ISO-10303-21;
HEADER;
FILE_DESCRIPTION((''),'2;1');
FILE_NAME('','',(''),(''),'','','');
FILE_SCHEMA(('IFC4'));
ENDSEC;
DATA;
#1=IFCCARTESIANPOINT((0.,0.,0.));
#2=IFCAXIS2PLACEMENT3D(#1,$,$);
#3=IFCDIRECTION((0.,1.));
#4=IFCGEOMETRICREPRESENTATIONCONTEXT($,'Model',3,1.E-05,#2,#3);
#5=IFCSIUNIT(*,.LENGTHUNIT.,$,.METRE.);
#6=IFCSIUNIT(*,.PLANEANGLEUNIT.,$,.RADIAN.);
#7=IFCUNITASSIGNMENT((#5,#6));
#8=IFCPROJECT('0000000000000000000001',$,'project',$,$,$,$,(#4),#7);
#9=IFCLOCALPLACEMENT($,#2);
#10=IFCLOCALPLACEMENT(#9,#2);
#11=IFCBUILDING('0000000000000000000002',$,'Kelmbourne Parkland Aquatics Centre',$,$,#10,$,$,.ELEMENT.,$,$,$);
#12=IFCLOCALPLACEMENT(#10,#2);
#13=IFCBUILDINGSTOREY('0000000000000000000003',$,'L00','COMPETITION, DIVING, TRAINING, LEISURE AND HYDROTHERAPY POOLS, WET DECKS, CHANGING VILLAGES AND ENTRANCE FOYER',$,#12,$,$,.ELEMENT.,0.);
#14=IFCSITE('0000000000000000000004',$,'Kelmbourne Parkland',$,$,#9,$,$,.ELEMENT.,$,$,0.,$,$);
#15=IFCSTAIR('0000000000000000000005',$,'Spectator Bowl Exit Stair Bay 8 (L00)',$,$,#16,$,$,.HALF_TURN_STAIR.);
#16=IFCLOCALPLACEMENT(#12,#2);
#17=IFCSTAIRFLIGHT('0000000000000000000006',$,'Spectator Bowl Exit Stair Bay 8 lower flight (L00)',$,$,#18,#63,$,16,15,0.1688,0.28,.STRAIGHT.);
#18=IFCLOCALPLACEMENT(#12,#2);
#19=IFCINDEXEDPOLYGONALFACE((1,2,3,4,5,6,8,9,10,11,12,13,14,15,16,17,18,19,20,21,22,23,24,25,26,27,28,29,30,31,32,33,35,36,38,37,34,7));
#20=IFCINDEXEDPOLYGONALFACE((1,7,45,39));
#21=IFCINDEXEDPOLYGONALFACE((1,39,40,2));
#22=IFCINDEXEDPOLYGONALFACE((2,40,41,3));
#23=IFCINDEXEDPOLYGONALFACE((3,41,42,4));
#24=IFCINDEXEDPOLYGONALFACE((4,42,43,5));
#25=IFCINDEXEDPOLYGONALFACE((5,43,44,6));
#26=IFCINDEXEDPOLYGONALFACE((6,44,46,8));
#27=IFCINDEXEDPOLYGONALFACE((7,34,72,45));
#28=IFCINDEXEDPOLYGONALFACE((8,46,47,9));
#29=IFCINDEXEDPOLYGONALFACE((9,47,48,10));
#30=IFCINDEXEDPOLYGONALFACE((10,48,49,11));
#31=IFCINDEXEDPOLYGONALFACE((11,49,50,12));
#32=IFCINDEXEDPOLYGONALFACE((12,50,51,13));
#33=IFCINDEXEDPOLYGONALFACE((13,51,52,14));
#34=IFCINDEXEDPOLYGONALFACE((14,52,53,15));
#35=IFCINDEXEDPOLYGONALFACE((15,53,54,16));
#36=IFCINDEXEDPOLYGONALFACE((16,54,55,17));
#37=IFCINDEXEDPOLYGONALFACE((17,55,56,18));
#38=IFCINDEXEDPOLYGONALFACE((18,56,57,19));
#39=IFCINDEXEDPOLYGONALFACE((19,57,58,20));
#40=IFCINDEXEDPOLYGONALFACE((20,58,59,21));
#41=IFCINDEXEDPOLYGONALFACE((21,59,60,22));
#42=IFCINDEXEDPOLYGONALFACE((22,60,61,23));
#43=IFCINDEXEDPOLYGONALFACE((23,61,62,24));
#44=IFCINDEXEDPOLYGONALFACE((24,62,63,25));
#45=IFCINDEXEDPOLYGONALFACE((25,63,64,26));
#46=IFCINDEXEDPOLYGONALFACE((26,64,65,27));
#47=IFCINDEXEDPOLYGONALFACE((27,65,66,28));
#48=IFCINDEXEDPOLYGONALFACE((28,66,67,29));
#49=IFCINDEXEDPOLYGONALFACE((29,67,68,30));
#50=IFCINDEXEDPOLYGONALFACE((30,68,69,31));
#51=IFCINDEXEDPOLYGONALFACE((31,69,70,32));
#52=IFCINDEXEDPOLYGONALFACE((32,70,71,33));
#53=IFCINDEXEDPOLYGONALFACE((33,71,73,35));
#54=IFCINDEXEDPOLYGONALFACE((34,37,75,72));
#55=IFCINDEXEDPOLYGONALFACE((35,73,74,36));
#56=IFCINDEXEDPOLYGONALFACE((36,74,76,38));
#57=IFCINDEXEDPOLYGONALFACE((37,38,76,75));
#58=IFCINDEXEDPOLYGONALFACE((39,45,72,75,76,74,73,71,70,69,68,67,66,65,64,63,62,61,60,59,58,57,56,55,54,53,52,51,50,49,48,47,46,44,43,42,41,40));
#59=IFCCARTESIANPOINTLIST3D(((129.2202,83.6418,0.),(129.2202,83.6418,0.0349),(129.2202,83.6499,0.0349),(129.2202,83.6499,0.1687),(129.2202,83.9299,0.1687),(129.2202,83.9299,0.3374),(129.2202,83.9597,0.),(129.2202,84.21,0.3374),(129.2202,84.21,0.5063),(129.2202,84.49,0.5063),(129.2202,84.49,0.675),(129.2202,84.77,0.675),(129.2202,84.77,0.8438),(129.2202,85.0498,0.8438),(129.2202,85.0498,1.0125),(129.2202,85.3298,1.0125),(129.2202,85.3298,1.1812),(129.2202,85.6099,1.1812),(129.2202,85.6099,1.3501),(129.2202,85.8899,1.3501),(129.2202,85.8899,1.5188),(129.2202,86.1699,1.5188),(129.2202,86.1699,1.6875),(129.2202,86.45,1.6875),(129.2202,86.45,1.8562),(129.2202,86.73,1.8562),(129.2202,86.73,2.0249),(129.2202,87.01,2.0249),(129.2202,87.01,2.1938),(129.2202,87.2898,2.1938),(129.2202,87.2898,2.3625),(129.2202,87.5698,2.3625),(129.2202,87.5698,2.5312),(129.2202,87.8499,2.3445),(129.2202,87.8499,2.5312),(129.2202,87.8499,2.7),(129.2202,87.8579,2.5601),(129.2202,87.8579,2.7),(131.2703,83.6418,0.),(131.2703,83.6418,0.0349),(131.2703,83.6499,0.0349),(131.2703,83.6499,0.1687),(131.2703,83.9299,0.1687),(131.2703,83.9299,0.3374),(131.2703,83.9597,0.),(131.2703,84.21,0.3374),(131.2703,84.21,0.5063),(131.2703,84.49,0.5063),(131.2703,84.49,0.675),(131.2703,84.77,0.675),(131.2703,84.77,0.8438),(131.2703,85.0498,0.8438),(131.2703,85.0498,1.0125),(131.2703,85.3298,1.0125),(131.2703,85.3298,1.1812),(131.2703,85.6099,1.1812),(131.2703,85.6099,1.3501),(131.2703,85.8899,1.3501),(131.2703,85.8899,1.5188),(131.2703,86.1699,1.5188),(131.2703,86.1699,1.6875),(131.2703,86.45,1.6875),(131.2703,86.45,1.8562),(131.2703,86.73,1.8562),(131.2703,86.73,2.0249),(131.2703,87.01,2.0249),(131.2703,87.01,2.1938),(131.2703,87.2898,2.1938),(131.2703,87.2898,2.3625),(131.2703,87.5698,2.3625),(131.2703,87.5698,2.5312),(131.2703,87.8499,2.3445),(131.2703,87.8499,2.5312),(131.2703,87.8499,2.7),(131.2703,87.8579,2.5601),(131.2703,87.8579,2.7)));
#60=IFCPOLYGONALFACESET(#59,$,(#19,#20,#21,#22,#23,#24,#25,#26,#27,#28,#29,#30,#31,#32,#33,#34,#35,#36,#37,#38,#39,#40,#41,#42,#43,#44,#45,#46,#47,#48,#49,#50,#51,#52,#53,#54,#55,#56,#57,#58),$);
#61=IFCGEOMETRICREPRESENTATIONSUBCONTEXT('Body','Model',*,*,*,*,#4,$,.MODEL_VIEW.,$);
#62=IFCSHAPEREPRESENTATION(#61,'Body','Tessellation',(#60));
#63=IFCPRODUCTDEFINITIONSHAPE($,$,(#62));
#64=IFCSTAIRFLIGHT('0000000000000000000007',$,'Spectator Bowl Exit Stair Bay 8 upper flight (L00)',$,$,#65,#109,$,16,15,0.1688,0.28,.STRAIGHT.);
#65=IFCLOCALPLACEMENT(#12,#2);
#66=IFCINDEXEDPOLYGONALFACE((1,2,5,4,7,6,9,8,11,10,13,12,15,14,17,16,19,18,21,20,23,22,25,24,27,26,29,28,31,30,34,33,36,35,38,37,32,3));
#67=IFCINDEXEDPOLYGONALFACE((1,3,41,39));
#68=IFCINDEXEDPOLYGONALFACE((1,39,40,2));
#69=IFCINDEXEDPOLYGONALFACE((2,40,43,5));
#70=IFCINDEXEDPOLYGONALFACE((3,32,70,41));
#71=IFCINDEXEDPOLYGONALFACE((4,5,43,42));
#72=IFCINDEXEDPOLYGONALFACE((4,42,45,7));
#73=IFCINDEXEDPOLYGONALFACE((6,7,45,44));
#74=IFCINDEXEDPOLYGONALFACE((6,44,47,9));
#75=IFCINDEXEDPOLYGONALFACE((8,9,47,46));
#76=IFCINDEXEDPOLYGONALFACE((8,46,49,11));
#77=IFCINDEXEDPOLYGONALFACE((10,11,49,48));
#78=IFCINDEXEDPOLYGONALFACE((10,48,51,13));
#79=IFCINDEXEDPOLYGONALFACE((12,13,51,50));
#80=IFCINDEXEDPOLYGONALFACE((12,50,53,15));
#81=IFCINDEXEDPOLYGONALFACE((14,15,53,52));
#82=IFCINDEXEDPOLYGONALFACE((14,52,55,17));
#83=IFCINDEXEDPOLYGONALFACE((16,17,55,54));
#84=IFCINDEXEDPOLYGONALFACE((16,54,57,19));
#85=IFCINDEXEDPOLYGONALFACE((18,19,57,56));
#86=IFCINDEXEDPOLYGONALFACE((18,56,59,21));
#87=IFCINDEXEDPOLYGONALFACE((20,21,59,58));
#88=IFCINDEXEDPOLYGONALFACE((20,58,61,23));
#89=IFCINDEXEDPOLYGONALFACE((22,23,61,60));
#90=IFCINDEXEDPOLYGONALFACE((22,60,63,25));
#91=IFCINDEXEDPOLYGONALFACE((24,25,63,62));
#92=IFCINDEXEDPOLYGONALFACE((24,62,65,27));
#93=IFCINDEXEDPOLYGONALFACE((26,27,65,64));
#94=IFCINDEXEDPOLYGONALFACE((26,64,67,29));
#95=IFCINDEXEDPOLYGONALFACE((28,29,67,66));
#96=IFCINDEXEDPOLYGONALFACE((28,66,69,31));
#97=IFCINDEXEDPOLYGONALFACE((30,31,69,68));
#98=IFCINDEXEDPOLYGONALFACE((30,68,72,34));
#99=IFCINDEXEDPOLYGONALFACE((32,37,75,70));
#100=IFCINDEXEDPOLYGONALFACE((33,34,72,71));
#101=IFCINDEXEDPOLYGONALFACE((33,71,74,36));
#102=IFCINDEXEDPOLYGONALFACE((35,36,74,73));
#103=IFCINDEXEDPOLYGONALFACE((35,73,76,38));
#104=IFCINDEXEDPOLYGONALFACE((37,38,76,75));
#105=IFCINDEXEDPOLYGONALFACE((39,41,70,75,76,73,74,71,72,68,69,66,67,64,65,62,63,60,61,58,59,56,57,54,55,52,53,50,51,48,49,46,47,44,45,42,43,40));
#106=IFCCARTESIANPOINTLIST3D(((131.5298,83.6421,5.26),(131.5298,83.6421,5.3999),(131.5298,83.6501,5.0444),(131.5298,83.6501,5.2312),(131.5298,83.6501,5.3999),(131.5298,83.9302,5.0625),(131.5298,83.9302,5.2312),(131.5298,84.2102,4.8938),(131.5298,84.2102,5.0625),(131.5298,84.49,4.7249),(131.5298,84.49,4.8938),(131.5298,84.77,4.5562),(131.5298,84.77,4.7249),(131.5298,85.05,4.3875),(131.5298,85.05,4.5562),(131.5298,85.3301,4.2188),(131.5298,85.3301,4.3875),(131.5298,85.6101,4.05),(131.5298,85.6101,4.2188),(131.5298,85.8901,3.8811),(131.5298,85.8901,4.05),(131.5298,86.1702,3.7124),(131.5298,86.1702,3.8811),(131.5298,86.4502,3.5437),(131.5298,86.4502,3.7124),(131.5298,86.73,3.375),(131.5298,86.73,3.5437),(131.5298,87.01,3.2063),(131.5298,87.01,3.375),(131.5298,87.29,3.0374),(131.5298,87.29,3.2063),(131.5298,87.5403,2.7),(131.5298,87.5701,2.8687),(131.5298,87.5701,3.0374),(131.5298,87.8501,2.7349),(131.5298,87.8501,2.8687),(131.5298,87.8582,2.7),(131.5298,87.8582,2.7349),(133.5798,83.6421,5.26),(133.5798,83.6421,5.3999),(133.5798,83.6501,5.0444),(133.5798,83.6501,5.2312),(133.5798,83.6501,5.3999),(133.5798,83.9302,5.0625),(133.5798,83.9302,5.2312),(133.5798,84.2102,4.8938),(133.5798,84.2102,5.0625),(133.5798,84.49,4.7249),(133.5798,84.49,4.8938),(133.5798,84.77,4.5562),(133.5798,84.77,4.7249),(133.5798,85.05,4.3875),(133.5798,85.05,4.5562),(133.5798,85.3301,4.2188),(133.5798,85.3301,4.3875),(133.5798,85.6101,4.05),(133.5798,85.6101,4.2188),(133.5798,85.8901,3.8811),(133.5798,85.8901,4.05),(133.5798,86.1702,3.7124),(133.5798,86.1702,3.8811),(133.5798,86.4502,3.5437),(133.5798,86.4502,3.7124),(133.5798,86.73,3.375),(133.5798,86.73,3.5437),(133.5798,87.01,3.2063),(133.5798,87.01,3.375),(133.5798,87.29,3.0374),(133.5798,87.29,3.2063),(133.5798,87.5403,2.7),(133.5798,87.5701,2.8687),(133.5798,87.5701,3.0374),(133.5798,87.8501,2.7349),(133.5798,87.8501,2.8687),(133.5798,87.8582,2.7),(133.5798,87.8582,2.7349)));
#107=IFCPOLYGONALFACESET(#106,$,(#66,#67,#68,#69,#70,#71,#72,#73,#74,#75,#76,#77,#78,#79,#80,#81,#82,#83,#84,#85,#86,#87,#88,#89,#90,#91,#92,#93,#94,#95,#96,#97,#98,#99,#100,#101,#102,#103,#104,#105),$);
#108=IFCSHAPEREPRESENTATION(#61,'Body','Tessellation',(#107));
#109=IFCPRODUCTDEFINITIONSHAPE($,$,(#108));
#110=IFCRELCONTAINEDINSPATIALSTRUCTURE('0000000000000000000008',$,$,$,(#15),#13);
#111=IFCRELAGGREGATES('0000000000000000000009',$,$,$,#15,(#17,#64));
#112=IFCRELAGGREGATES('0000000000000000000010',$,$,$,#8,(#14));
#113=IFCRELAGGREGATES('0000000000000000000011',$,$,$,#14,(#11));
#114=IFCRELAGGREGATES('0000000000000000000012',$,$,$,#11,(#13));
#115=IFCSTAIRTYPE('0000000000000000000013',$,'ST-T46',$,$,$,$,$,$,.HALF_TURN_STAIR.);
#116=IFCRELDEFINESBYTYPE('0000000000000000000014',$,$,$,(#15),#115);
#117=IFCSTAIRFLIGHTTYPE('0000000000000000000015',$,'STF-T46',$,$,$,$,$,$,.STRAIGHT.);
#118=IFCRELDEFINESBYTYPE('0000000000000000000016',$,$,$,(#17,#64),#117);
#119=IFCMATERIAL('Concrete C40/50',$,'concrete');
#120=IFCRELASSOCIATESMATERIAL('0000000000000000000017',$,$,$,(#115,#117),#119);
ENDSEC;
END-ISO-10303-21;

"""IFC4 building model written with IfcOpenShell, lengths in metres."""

from ifc_helpers import new_model, si_unit, direction, frame, origin, place, context, subcontext, project, spatial, polyline, outline, extrude, material, type_object, element, aggregate, save


model = new_model("IFC4")

# Units and contexts
model_context = context("Model", 3, precision=1e-05, world=origin(), true_north=direction((0.0, 1.0)))
body_context = subcontext(model_context, "Body", "Model", "MODEL_VIEW")
ifc_project = project(units=[si_unit("LENGTHUNIT", "METRE"), si_unit("PLANEANGLEUNIT", "RADIAN")], contexts=[model_context])

# Site, building, storey
site_placement = place(None, origin())
site = spatial("IfcSite", under=ifc_project, at=site_placement, Name="Kelmbourne Parkland", CompositionType="ELEMENT", RefElevation=0.0)
building_placement = place(site_placement, origin())
building = spatial("IfcBuilding", under=site, at=building_placement, Name="Kelmbourne Parkland Aquatics Centre", CompositionType="ELEMENT")
storey_placement = place(building_placement, origin())
storey = spatial("IfcBuildingStorey", under=building, at=storey_placement, Name="L00", Description="COMPETITION, DIVING, TRAINING, LEISURE AND HYDROTHERAPY POOLS, WET DECKS, CHANGING VILLAGES AND ENTRANCE FOYER", CompositionType="ELEMENT", Elevation=0.0)

# Shared definitions
ifc_material_1 = material(Name="Concrete C40/50", Category="concrete")

# Stair, stair flights
stair_type_1 = type_object("IfcStairType", Name="ST-T46", PredefinedType="HALF_TURN_STAIR", material=ifc_material_1)
stair_1_placement = place(storey_placement, origin())
stair_1 = element("IfcStair", 1, at=stair_1_placement, inside=storey, type_object=stair_type_1, Name="Spectator Bowl Exit Stair Bay 8 (L00)", PredefinedType="HALF_TURN_STAIR")
stair_flight_type_1 = type_object("IfcStairFlightType", Name="STF-T46", PredefinedType="STRAIGHT", material=ifc_material_1)
stair_flight_1_placement = place(storey_placement, frame((130.2451, 83.6499, 0.0), z_axis=(0.0, 0.0, 1.0), x_axis=(0.0, 1.0, 0.0)))
stair_flight_1 = element("IfcStairFlight", 2, at=stair_flight_1_placement, type_object=stair_flight_type_1, Name="Spectator Bowl Exit Stair Bay 8 lower flight (L00)", NumberOfRisers=16, NumberOfTreads=15, PredefinedType="STRAIGHT", RiserHeight=0.1688, TreadLength=0.28, context=body_context, shape_type="SweptSolid", body=[
    extrude(outline(polyline([(-0.0081, 0.0), (-0.0081, 0.0349), (0.0, 0.0349), (0.0, 0.1687), (0.28, 0.1687), (0.28, 0.3374), (0.5601, 0.3374), (0.5601, 0.5063), (0.8401, 0.5063), (0.8401, 0.675), (1.1201, 0.675), (1.1201, 0.8438), (1.3999, 0.8438), (1.3999, 1.0125), (1.6799, 1.0125), (1.6799, 1.1812), (1.96, 1.1812), (1.96, 1.3501), (2.24, 1.3501), (2.24, 1.5188), (2.52, 1.5188), (2.52, 1.6875), (2.8, 1.6875), (2.8, 1.8562), (3.0801, 1.8562), (3.0801, 2.0249), (3.3601, 2.0249), (3.3601, 2.1938), (3.6399, 2.1938), (3.6399, 2.3625), (3.9199, 2.3625), (3.9199, 2.5312), (4.2, 2.5312), (4.2, 2.7), (4.208, 2.7), (4.208, 2.5601), (4.2, 2.3445), (0.3098, 0.0), (-0.0081, 0.0)])), frame((0.0, 1.0249, 0.0), z_axis=(0.0, -1.0, 0.0), x_axis=(1.0, 0.0, 0.0)), (0.0, 0.0, 1.0), 2.05),
])
stair_flight_2_placement = place(storey_placement, frame((132.5549, 87.8501, 2.7), z_axis=(0.0, 0.0, 1.0), x_axis=(0.0, -1.0, 0.0)))
stair_flight_2 = element("IfcStairFlight", 3, at=stair_flight_2_placement, type_object=stair_flight_type_1, Name="Spectator Bowl Exit Stair Bay 8 upper flight (L00)", NumberOfRisers=16, NumberOfTreads=15, PredefinedType="STRAIGHT", RiserHeight=0.1688, TreadLength=0.28, context=body_context, shape_type="SweptSolid", body=[
    extrude(outline(polyline([(-0.0081, 0.0), (-0.0081, 0.0349), (0.0, 0.0349), (0.0, 0.1687), (0.28, 0.1687), (0.28, 0.3374), (0.5601, 0.3374), (0.5601, 0.5063), (0.8401, 0.5063), (0.8401, 0.675), (1.1201, 0.675), (1.1201, 0.8438), (1.3999, 0.8438), (1.3999, 1.0125), (1.6799, 1.0125), (1.6799, 1.1812), (1.96, 1.1812), (1.96, 1.3501), (2.24, 1.3501), (2.24, 1.5188), (2.52, 1.5188), (2.52, 1.6875), (2.8, 1.6875), (2.8, 1.8562), (3.0801, 1.8562), (3.0801, 2.0249), (3.3601, 2.0249), (3.3601, 2.1938), (3.6399, 2.1938), (3.6399, 2.3625), (3.9199, 2.3625), (3.9199, 2.5312), (4.2, 2.5312), (4.2, 2.7), (4.208, 2.7), (4.208, 2.5601), (4.2, 2.3445), (0.3098, 0.0), (-0.0081, 0.0)])), frame((0.0, 1.0249, 0.0), z_axis=(0.0, -1.0, 0.0), x_axis=(1.0, 0.0, 0.0)), (0.0, 0.0, 1.0), 2.05),
])
aggregate(stair_1, [stair_flight_1, stair_flight_2])

save(model, "model.ifc")
